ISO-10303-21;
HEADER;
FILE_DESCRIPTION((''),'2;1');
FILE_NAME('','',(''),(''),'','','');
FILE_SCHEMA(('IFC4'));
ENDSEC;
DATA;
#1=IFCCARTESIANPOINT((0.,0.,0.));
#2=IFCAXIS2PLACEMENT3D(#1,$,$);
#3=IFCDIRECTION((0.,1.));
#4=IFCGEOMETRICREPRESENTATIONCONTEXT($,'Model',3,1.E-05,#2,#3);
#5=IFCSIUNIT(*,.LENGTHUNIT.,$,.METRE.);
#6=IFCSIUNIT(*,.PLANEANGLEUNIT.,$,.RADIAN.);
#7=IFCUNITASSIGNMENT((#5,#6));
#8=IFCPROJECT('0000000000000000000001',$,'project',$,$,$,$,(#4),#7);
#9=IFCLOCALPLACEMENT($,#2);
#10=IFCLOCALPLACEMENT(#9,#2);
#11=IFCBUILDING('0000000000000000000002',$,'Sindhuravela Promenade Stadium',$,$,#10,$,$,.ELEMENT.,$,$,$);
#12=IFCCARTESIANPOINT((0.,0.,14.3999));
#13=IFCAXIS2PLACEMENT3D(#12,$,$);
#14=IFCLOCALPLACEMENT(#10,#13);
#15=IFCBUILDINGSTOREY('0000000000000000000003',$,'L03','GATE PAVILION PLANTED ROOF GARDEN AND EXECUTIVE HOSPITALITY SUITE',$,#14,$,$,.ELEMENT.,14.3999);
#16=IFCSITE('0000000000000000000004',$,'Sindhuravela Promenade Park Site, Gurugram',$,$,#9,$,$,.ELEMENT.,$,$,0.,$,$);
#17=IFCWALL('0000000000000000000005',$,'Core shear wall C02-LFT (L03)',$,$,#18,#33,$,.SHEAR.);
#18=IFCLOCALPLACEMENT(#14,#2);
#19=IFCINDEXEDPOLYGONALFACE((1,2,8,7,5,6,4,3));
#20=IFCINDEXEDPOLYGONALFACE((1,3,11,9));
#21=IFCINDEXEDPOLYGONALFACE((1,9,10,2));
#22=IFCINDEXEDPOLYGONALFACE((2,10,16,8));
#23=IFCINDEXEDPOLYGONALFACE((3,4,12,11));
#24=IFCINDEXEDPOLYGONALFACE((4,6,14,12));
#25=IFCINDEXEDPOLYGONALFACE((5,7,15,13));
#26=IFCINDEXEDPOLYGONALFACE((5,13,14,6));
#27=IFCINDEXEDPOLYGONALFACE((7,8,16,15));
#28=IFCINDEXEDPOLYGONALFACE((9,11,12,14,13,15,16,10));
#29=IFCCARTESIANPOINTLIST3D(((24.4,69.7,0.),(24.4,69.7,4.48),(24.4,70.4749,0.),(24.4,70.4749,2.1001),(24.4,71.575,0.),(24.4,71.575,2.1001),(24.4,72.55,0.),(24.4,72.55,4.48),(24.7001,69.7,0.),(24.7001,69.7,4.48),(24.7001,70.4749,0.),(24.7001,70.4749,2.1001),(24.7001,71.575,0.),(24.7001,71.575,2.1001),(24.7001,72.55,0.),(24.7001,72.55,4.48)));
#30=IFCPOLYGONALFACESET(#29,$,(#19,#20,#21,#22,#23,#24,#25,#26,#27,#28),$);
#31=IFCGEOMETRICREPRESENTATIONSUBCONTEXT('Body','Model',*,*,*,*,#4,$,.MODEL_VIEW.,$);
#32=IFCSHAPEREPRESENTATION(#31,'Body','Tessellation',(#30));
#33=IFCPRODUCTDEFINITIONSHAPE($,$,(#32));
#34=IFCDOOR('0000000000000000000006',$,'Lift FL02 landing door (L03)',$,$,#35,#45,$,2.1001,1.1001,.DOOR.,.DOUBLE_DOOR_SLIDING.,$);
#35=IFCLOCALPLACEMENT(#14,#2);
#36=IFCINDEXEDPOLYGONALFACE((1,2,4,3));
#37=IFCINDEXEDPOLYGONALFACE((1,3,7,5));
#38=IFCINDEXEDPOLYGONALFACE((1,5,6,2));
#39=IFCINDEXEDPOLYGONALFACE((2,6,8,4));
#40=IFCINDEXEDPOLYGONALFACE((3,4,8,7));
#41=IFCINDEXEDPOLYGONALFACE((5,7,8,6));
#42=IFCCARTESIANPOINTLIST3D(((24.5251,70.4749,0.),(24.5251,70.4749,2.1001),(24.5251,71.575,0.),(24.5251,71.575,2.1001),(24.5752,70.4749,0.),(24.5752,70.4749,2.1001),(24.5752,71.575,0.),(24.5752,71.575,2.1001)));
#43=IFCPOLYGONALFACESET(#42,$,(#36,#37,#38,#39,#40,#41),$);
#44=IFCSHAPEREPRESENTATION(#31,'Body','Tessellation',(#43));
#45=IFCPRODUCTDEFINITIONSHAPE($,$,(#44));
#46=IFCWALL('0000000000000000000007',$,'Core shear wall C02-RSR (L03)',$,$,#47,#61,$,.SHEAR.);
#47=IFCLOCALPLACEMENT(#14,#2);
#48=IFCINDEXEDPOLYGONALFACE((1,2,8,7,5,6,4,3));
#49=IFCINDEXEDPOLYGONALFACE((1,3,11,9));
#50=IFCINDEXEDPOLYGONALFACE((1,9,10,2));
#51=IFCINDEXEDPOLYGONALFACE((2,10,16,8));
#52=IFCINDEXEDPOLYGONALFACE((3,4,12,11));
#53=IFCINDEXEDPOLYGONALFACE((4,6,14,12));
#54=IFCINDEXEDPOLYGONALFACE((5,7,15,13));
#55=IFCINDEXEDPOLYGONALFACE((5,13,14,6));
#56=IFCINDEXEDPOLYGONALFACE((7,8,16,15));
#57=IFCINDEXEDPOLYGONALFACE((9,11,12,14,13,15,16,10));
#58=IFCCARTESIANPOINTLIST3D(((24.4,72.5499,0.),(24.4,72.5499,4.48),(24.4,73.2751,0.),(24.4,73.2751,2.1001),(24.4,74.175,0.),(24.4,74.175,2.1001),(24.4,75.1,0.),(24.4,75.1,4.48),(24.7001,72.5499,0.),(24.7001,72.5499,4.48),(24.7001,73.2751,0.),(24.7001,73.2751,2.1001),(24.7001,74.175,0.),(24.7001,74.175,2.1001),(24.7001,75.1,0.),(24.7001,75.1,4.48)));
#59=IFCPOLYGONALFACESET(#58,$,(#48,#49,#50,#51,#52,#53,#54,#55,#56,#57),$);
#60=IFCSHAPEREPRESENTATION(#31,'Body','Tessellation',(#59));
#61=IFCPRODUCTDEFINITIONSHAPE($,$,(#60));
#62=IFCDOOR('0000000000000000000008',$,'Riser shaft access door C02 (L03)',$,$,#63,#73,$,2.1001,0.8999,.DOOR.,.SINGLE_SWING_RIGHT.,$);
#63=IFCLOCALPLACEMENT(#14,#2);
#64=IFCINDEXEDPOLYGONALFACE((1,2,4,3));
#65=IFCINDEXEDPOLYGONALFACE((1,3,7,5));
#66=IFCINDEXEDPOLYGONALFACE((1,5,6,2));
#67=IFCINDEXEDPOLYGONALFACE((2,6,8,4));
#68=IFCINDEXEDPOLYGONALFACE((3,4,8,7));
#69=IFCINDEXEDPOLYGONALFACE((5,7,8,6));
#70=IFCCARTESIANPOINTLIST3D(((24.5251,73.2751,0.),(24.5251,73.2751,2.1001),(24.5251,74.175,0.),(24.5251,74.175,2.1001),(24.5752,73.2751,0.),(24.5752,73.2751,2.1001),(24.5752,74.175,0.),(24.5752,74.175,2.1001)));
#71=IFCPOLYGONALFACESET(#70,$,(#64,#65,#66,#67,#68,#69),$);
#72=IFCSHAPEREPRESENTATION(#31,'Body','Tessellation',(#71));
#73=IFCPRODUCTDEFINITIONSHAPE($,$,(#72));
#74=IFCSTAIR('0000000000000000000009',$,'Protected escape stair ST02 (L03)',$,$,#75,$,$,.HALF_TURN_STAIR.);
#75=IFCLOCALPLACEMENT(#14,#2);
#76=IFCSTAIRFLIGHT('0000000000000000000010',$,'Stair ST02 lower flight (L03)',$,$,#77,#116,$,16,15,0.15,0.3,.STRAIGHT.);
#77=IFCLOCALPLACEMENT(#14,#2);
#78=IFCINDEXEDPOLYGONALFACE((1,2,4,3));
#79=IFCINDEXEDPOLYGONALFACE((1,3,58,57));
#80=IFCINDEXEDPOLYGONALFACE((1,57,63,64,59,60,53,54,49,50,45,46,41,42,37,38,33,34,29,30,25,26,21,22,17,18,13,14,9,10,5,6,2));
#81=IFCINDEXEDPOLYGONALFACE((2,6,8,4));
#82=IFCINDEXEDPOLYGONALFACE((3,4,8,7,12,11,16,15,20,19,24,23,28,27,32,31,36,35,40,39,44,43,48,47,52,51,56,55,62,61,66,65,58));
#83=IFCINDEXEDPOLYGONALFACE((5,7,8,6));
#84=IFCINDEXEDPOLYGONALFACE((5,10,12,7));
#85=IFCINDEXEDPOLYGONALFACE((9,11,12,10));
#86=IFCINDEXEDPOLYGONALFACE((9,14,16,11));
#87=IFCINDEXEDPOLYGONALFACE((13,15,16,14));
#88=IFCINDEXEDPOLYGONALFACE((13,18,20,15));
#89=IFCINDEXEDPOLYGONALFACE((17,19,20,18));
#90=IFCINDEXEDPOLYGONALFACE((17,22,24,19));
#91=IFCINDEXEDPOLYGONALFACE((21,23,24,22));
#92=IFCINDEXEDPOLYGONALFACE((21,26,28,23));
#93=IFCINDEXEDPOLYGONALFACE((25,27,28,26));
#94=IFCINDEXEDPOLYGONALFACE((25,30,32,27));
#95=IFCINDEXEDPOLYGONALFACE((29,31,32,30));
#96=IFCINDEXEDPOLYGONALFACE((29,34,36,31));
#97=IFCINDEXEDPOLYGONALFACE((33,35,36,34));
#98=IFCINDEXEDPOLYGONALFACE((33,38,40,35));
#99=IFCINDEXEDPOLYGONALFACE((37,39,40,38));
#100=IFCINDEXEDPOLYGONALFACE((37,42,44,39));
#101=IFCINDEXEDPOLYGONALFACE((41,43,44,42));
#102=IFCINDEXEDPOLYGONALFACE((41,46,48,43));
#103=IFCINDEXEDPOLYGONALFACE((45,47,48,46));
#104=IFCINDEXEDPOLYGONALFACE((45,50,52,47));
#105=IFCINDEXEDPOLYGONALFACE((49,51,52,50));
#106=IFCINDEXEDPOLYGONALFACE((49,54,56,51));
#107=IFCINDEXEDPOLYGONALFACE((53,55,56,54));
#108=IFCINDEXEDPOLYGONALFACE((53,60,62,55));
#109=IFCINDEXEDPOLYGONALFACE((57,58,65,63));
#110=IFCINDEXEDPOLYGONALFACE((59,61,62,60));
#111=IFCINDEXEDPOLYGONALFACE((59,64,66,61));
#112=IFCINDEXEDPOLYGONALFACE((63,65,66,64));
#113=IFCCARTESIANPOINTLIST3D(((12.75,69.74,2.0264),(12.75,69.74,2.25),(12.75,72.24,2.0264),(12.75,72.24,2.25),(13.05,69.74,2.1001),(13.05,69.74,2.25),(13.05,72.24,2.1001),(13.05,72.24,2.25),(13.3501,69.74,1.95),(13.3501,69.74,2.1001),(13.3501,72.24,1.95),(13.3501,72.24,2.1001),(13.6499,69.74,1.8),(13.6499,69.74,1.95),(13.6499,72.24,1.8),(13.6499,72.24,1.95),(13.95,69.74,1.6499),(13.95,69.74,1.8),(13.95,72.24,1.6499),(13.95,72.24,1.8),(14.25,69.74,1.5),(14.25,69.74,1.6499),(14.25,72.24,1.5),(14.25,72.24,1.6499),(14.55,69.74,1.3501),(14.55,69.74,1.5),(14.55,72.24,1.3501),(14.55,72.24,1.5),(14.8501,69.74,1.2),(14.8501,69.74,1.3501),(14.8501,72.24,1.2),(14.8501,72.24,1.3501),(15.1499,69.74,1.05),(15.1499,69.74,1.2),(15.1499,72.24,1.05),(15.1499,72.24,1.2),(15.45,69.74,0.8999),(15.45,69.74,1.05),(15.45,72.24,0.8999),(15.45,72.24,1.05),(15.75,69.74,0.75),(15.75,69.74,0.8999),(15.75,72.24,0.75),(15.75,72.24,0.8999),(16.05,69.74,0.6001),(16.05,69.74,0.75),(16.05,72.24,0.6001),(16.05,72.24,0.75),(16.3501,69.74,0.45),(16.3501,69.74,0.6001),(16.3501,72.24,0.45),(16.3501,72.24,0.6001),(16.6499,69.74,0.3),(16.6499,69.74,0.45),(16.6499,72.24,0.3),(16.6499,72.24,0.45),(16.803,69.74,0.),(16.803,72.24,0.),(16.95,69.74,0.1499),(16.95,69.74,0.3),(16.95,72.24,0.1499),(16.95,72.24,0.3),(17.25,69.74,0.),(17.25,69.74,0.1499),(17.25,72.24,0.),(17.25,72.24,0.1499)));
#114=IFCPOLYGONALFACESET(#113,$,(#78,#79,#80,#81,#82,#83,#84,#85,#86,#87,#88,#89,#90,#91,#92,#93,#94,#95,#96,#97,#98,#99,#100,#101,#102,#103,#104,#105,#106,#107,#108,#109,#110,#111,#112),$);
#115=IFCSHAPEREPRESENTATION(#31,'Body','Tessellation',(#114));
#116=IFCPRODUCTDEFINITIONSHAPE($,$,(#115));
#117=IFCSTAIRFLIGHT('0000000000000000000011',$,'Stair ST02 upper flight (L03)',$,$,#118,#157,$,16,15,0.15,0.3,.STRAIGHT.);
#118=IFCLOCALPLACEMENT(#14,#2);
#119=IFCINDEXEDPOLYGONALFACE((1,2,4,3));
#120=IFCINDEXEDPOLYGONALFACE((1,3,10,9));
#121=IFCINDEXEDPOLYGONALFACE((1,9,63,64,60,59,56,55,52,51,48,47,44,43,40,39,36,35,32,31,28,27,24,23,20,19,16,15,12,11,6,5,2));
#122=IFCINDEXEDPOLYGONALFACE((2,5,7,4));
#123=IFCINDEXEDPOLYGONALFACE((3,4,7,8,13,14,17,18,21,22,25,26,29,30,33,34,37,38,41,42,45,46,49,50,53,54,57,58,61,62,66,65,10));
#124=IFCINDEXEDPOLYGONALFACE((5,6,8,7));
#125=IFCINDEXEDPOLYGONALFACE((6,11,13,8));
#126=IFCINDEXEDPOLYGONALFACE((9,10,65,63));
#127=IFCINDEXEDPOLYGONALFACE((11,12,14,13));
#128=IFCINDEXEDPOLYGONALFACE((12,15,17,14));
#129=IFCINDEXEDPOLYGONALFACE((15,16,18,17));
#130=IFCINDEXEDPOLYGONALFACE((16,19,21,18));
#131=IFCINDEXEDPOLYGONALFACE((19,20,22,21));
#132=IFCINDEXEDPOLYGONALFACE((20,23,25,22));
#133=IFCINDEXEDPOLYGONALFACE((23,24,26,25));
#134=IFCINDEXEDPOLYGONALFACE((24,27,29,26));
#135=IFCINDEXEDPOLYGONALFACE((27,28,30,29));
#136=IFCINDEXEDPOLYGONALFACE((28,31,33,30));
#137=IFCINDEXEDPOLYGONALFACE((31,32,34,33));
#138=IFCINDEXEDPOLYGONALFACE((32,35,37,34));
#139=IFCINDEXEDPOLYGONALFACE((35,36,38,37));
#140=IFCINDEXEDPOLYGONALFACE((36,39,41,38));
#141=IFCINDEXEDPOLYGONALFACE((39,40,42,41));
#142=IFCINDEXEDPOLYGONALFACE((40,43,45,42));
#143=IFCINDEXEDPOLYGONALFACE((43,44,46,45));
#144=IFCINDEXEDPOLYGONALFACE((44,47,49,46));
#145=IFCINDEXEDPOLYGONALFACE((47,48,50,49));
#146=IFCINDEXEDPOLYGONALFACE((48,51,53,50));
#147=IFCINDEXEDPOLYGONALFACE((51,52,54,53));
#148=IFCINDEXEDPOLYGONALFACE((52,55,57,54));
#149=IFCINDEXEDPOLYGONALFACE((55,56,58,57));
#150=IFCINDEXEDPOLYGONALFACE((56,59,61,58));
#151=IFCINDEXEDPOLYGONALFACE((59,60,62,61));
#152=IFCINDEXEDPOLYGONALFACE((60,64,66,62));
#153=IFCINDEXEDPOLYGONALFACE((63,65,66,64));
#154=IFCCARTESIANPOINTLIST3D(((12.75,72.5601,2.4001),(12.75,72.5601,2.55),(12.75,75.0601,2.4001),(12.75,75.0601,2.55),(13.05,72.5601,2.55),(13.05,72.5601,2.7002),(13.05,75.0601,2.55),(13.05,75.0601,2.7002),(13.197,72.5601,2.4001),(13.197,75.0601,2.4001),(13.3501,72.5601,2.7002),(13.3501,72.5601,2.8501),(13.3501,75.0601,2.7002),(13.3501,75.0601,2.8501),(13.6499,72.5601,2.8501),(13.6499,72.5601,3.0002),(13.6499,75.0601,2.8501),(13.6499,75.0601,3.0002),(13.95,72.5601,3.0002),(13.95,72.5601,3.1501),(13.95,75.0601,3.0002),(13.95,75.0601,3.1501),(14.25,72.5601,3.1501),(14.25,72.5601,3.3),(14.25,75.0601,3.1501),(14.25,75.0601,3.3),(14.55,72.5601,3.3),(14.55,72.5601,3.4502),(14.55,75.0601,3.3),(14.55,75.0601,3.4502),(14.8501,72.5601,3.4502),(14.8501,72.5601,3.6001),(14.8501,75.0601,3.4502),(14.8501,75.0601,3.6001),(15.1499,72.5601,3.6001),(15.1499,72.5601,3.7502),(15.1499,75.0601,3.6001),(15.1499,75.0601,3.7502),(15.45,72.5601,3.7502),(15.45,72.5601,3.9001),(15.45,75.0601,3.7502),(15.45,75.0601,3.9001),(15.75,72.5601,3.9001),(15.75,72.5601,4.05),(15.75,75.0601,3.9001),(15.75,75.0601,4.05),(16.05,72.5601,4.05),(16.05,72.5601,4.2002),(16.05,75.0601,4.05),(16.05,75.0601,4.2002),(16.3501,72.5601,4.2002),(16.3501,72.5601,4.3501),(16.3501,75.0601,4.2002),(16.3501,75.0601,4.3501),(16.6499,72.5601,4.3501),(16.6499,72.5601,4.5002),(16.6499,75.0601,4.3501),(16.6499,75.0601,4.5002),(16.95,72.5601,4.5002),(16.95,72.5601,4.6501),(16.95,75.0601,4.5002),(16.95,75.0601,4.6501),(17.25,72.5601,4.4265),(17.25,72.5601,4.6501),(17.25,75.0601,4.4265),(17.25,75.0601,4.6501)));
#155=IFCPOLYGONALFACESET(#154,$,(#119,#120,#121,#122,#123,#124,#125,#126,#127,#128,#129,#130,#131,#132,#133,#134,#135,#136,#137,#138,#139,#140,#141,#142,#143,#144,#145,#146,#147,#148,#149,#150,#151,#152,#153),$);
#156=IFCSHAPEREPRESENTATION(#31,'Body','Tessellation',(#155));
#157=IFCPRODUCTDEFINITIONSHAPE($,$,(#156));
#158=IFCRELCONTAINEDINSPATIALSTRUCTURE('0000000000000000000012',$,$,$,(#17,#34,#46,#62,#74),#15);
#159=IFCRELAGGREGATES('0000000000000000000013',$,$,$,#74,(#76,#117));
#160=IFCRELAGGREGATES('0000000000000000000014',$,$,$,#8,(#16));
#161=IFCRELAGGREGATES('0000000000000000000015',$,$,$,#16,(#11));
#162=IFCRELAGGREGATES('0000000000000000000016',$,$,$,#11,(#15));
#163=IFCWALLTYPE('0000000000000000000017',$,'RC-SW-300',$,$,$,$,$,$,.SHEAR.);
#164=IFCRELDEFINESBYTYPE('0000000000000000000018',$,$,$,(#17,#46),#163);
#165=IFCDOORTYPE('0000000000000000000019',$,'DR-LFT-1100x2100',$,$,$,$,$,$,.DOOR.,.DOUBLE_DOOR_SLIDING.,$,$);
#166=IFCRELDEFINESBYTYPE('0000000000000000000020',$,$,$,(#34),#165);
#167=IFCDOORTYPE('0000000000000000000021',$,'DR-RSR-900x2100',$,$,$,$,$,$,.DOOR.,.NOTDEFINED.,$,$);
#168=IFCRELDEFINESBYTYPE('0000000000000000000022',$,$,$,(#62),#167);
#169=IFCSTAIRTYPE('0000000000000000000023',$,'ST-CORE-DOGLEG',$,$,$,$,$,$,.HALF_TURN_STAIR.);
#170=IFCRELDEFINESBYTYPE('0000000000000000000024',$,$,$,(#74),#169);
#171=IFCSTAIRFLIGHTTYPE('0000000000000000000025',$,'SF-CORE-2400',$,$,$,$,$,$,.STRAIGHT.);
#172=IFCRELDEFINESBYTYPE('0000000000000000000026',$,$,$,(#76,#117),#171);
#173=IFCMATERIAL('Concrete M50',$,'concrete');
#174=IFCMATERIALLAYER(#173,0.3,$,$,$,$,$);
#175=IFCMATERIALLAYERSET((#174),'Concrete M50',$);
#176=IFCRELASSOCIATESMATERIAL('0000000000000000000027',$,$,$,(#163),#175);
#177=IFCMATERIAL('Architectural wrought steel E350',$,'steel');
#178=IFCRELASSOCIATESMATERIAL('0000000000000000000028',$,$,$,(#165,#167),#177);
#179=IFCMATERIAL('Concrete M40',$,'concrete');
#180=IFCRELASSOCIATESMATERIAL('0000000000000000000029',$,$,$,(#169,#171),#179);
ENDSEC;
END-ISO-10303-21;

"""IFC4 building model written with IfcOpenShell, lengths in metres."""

from ifc_helpers import new_model, si_unit, direction, frame, frame_2d, origin, place, context, subcontext, project, spatial, polyline, rectangle, outline, extrude, material, layer, layer_set, type_object, element, fill, aggregate, save


model = new_model("IFC4")

# Units and contexts
model_context = context("Model", 3, precision=1e-05, world=origin(), true_north=direction((0.0, 1.0)))
body_context = subcontext(model_context, "Body", "Model", "MODEL_VIEW")
ifc_project = project(units=[si_unit("LENGTHUNIT", "METRE"), si_unit("PLANEANGLEUNIT", "RADIAN")], contexts=[model_context])

# Site, building, storey
site_placement = place(None, origin())
site = spatial("IfcSite", under=ifc_project, at=site_placement, Name="Sindhuravela Promenade Park Site, Gurugram", CompositionType="ELEMENT", RefElevation=0.0)
building_placement = place(site_placement, origin())
building = spatial("IfcBuilding", under=site, at=building_placement, Name="Sindhuravela Promenade Stadium", CompositionType="ELEMENT")
storey_placement = place(building_placement, frame((0.0, 0.0, 14.3999)))
storey = spatial("IfcBuildingStorey", under=building, at=storey_placement, Name="L03", Description="GATE PAVILION PLANTED ROOF GARDEN AND EXECUTIVE HOSPITALITY SUITE", CompositionType="ELEMENT", Elevation=14.3999)

# Shared definitions
ifc_material_1 = material(Name="Concrete M50", Category="concrete")
ifc_material_2 = material(Name="Concrete M40", Category="concrete")

# Shared definitions
ifc_layer_1 = layer(ifc_material_1, 0.3)
ifc_layer_set_1 = layer_set([ifc_layer_1], Name="Concrete M50")
wall_type_1 = type_object("IfcWallType", Name="RC-SW-300", PredefinedType="SHEAR", material=ifc_layer_set_1)

# Walls, openings, doors
ifc_material_3 = material(Name="Architectural wrought steel E350", Category="steel")
wall_1_placement = place(storey_placement, frame((24.55, 69.7, 0.0), z_axis=(0.0, 0.0, 1.0), x_axis=(0.0, 1.0, 0.0)))
wall_1 = element("IfcWall", 1, at=wall_1_placement, inside=storey, type_object=wall_type_1, Name="Core shear wall C02-LFT (L03)", PredefinedType="SHEAR", context=body_context, shape_type="SweptSolid", body=[
    extrude(rectangle(XDim=2.8501, YDim=0.3, at=frame_2d((1.425, 0.0))), origin(), (0.0, 0.0, 1.0), 4.48),
])
opening_1_placement = place(wall_1_placement, frame((0.7749, 0.0, 0.0)))
opening_1 = element("IfcOpeningElement", 2, at=opening_1_placement, cuts=wall_1, PredefinedType="OPENING", context=body_context, shape_type="SweptSolid", body=[
    extrude(rectangle(XDim=1.1001, YDim=2.1001, at=frame_2d((0.55, 1.05))), frame((0.0, 0.1599, 0.0), z_axis=(0.0, -1.0, 0.0), x_axis=(1.0, 0.0, 0.0)), (0.0, 0.0, 1.0), 0.3201),
])
door_type_1 = type_object("IfcDoorType", Name="DR-LFT-1100x2100", OperationType="DOUBLE_DOOR_SLIDING", PredefinedType="DOOR", material=ifc_material_3)
door_1_placement = place(opening_1_placement, origin())
door_1 = element("IfcDoor", 3, at=door_1_placement, inside=storey, type_object=door_type_1, Name="Lift FL02 landing door (L03)", OperationType="DOUBLE_DOOR_SLIDING", OverallHeight=2.1001, OverallWidth=1.1001, PredefinedType="DOOR", context=body_context, shape_type="SweptSolid", body=[
    extrude(rectangle(XDim=1.1001, YDim=2.1001, at=frame_2d((0.55, 1.05))), frame((0.0, 0.0249, 0.0), z_axis=(0.0, -1.0, 0.0), x_axis=(1.0, 0.0, 0.0)), (0.0, 0.0, 1.0), 0.05),
])
fill(opening_1, door_1)
wall_2_placement = place(storey_placement, frame((24.55, 72.55, 0.0), z_axis=(0.0, 0.0, 1.0), x_axis=(0.0, 1.0, 0.0)))
wall_2 = element("IfcWall", 4, at=wall_2_placement, inside=storey, type_object=wall_type_1, Name="Core shear wall C02-RSR (L03)", PredefinedType="SHEAR", context=body_context, shape_type="SweptSolid", body=[
    extrude(rectangle(XDim=2.55, YDim=0.3, at=frame_2d((1.2749, 0.0))), origin(), (0.0, 0.0, 1.0), 4.48),
])
opening_2_placement = place(wall_2_placement, frame((0.7251, 0.0, 0.0)))
opening_2 = element("IfcOpeningElement", 5, at=opening_2_placement, cuts=wall_2, PredefinedType="OPENING", context=body_context, shape_type="SweptSolid", body=[
    extrude(rectangle(XDim=0.8999, YDim=2.1001, at=frame_2d((0.45, 1.05))), frame((0.0, 0.1599, 0.0), z_axis=(0.0, -1.0, 0.0), x_axis=(1.0, 0.0, 0.0)), (0.0, 0.0, 1.0), 0.3201),
])
door_type_2 = type_object("IfcDoorType", Name="DR-RSR-900x2100", OperationType="NOTDEFINED", PredefinedType="DOOR", material=ifc_material_3)
door_2_placement = place(opening_2_placement, origin())
door_2 = element("IfcDoor", 6, at=door_2_placement, inside=storey, type_object=door_type_2, Name="Riser shaft access door C02 (L03)", OperationType="SINGLE_SWING_RIGHT", OverallHeight=2.1001, OverallWidth=0.8999, PredefinedType="DOOR", context=body_context, shape_type="SweptSolid", body=[
    extrude(rectangle(XDim=0.8999, YDim=2.1001, at=frame_2d((0.45, 1.05))), frame((0.0, 0.0249, 0.0), z_axis=(0.0, -1.0, 0.0), x_axis=(1.0, 0.0, 0.0)), (0.0, 0.0, 1.0), 0.05),
])
fill(opening_2, door_2)

# Stair, stair flights
stair_type = type_object("IfcStairType", Name="ST-CORE-DOGLEG", PredefinedType="HALF_TURN_STAIR", material=ifc_material_2)
stair_placement = place(storey_placement, origin())
stair = element("IfcStair", 7, at=stair_placement, inside=storey, type_object=stair_type, Name="Protected escape stair ST02 (L03)", PredefinedType="HALF_TURN_STAIR")
stair_flight_type = type_object("IfcStairFlightType", Name="SF-CORE-2400", PredefinedType="STRAIGHT", material=ifc_material_2)
stair_flight_1_placement = place(storey_placement, frame((17.25, 70.99, 0.0), z_axis=(0.0, 0.0, 1.0), x_axis=(-1.0, 0.0, 0.0)))
stair_flight_1 = element("IfcStairFlight", 8, at=stair_flight_1_placement, type_object=stair_flight_type, Name="Stair ST02 lower flight (L03)", NumberOfRisers=16, NumberOfTreads=15, PredefinedType="STRAIGHT", RiserHeight=0.15, TreadLength=0.3, context=body_context, shape_type="SweptSolid", body=[
    extrude(outline(polyline([(0.0, 0.0), (0.0, 0.1499), (0.3, 0.1499), (0.3, 0.3), (0.6001, 0.3), (0.6001, 0.45), (0.8999, 0.45), (0.8999, 0.6001), (1.2, 0.6001), (1.2, 0.75), (1.5, 0.75), (1.5, 0.8999), (1.8, 0.8999), (1.8, 1.05), (2.1001, 1.05), (2.1001, 1.2), (2.3999, 1.2), (2.3999, 1.3501), (2.7, 1.3501), (2.7, 1.5), (3.0, 1.5), (3.0, 1.6499), (3.3, 1.6499), (3.3, 1.8), (3.6001, 1.8), (3.6001, 1.95), (3.8999, 1.95), (3.8999, 2.1001), (4.2, 2.1001), (4.2, 2.25), (4.5, 2.25), (4.5, 2.3999), (4.5, 2.0264), (0.447, 0.0), (0.0, 0.0)])), frame((0.0, 1.25, 0.0), z_axis=(0.0, -1.0, 0.0), x_axis=(1.0, 0.0, 0.0)), (0.0, 0.0, 1.0), 2.5),
])
stair_flight_2_placement = place(storey_placement, frame((12.75, 73.8101, 2.4001), z_axis=(0.0, 0.0, 1.0), x_axis=(1.0, 0.0, 0.0)))
stair_flight_2 = element("IfcStairFlight", 9, at=stair_flight_2_placement, type_object=stair_flight_type, Name="Stair ST02 upper flight (L03)", NumberOfRisers=16, NumberOfTreads=15, PredefinedType="STRAIGHT", RiserHeight=0.15, TreadLength=0.3, context=body_context, shape_type="SweptSolid", body=[
    extrude(outline(polyline([(0.0, 0.0), (0.0, 0.1499), (0.3, 0.1499), (0.3, 0.3), (0.6001, 0.3), (0.6001, 0.45), (0.8999, 0.45), (0.8999, 0.6001), (1.2, 0.6001), (1.2, 0.75), (1.5, 0.75), (1.5, 0.8999), (1.8, 0.8999), (1.8, 1.05), (2.1001, 1.05), (2.1001, 1.2), (2.3999, 1.2), (2.3999, 1.3501), (2.7, 1.3501), (2.7, 1.5), (3.0, 1.5), (3.0, 1.6499), (3.3, 1.6499), (3.3, 1.8), (3.6001, 1.8), (3.6001, 1.95), (3.8999, 1.95), (3.8999, 2.1001), (4.2, 2.1001), (4.2, 2.25), (4.5, 2.25), (4.5, 2.3999), (4.5, 2.0264), (0.447, 0.0), (0.0, 0.0)])), frame((0.0, 1.25, 0.0), z_axis=(0.0, -1.0, 0.0), x_axis=(1.0, 0.0, 0.0)), (0.0, 0.0, 1.0), 2.5),
])
aggregate(stair, [stair_flight_1, stair_flight_2])

save(model, "model.ifc")
